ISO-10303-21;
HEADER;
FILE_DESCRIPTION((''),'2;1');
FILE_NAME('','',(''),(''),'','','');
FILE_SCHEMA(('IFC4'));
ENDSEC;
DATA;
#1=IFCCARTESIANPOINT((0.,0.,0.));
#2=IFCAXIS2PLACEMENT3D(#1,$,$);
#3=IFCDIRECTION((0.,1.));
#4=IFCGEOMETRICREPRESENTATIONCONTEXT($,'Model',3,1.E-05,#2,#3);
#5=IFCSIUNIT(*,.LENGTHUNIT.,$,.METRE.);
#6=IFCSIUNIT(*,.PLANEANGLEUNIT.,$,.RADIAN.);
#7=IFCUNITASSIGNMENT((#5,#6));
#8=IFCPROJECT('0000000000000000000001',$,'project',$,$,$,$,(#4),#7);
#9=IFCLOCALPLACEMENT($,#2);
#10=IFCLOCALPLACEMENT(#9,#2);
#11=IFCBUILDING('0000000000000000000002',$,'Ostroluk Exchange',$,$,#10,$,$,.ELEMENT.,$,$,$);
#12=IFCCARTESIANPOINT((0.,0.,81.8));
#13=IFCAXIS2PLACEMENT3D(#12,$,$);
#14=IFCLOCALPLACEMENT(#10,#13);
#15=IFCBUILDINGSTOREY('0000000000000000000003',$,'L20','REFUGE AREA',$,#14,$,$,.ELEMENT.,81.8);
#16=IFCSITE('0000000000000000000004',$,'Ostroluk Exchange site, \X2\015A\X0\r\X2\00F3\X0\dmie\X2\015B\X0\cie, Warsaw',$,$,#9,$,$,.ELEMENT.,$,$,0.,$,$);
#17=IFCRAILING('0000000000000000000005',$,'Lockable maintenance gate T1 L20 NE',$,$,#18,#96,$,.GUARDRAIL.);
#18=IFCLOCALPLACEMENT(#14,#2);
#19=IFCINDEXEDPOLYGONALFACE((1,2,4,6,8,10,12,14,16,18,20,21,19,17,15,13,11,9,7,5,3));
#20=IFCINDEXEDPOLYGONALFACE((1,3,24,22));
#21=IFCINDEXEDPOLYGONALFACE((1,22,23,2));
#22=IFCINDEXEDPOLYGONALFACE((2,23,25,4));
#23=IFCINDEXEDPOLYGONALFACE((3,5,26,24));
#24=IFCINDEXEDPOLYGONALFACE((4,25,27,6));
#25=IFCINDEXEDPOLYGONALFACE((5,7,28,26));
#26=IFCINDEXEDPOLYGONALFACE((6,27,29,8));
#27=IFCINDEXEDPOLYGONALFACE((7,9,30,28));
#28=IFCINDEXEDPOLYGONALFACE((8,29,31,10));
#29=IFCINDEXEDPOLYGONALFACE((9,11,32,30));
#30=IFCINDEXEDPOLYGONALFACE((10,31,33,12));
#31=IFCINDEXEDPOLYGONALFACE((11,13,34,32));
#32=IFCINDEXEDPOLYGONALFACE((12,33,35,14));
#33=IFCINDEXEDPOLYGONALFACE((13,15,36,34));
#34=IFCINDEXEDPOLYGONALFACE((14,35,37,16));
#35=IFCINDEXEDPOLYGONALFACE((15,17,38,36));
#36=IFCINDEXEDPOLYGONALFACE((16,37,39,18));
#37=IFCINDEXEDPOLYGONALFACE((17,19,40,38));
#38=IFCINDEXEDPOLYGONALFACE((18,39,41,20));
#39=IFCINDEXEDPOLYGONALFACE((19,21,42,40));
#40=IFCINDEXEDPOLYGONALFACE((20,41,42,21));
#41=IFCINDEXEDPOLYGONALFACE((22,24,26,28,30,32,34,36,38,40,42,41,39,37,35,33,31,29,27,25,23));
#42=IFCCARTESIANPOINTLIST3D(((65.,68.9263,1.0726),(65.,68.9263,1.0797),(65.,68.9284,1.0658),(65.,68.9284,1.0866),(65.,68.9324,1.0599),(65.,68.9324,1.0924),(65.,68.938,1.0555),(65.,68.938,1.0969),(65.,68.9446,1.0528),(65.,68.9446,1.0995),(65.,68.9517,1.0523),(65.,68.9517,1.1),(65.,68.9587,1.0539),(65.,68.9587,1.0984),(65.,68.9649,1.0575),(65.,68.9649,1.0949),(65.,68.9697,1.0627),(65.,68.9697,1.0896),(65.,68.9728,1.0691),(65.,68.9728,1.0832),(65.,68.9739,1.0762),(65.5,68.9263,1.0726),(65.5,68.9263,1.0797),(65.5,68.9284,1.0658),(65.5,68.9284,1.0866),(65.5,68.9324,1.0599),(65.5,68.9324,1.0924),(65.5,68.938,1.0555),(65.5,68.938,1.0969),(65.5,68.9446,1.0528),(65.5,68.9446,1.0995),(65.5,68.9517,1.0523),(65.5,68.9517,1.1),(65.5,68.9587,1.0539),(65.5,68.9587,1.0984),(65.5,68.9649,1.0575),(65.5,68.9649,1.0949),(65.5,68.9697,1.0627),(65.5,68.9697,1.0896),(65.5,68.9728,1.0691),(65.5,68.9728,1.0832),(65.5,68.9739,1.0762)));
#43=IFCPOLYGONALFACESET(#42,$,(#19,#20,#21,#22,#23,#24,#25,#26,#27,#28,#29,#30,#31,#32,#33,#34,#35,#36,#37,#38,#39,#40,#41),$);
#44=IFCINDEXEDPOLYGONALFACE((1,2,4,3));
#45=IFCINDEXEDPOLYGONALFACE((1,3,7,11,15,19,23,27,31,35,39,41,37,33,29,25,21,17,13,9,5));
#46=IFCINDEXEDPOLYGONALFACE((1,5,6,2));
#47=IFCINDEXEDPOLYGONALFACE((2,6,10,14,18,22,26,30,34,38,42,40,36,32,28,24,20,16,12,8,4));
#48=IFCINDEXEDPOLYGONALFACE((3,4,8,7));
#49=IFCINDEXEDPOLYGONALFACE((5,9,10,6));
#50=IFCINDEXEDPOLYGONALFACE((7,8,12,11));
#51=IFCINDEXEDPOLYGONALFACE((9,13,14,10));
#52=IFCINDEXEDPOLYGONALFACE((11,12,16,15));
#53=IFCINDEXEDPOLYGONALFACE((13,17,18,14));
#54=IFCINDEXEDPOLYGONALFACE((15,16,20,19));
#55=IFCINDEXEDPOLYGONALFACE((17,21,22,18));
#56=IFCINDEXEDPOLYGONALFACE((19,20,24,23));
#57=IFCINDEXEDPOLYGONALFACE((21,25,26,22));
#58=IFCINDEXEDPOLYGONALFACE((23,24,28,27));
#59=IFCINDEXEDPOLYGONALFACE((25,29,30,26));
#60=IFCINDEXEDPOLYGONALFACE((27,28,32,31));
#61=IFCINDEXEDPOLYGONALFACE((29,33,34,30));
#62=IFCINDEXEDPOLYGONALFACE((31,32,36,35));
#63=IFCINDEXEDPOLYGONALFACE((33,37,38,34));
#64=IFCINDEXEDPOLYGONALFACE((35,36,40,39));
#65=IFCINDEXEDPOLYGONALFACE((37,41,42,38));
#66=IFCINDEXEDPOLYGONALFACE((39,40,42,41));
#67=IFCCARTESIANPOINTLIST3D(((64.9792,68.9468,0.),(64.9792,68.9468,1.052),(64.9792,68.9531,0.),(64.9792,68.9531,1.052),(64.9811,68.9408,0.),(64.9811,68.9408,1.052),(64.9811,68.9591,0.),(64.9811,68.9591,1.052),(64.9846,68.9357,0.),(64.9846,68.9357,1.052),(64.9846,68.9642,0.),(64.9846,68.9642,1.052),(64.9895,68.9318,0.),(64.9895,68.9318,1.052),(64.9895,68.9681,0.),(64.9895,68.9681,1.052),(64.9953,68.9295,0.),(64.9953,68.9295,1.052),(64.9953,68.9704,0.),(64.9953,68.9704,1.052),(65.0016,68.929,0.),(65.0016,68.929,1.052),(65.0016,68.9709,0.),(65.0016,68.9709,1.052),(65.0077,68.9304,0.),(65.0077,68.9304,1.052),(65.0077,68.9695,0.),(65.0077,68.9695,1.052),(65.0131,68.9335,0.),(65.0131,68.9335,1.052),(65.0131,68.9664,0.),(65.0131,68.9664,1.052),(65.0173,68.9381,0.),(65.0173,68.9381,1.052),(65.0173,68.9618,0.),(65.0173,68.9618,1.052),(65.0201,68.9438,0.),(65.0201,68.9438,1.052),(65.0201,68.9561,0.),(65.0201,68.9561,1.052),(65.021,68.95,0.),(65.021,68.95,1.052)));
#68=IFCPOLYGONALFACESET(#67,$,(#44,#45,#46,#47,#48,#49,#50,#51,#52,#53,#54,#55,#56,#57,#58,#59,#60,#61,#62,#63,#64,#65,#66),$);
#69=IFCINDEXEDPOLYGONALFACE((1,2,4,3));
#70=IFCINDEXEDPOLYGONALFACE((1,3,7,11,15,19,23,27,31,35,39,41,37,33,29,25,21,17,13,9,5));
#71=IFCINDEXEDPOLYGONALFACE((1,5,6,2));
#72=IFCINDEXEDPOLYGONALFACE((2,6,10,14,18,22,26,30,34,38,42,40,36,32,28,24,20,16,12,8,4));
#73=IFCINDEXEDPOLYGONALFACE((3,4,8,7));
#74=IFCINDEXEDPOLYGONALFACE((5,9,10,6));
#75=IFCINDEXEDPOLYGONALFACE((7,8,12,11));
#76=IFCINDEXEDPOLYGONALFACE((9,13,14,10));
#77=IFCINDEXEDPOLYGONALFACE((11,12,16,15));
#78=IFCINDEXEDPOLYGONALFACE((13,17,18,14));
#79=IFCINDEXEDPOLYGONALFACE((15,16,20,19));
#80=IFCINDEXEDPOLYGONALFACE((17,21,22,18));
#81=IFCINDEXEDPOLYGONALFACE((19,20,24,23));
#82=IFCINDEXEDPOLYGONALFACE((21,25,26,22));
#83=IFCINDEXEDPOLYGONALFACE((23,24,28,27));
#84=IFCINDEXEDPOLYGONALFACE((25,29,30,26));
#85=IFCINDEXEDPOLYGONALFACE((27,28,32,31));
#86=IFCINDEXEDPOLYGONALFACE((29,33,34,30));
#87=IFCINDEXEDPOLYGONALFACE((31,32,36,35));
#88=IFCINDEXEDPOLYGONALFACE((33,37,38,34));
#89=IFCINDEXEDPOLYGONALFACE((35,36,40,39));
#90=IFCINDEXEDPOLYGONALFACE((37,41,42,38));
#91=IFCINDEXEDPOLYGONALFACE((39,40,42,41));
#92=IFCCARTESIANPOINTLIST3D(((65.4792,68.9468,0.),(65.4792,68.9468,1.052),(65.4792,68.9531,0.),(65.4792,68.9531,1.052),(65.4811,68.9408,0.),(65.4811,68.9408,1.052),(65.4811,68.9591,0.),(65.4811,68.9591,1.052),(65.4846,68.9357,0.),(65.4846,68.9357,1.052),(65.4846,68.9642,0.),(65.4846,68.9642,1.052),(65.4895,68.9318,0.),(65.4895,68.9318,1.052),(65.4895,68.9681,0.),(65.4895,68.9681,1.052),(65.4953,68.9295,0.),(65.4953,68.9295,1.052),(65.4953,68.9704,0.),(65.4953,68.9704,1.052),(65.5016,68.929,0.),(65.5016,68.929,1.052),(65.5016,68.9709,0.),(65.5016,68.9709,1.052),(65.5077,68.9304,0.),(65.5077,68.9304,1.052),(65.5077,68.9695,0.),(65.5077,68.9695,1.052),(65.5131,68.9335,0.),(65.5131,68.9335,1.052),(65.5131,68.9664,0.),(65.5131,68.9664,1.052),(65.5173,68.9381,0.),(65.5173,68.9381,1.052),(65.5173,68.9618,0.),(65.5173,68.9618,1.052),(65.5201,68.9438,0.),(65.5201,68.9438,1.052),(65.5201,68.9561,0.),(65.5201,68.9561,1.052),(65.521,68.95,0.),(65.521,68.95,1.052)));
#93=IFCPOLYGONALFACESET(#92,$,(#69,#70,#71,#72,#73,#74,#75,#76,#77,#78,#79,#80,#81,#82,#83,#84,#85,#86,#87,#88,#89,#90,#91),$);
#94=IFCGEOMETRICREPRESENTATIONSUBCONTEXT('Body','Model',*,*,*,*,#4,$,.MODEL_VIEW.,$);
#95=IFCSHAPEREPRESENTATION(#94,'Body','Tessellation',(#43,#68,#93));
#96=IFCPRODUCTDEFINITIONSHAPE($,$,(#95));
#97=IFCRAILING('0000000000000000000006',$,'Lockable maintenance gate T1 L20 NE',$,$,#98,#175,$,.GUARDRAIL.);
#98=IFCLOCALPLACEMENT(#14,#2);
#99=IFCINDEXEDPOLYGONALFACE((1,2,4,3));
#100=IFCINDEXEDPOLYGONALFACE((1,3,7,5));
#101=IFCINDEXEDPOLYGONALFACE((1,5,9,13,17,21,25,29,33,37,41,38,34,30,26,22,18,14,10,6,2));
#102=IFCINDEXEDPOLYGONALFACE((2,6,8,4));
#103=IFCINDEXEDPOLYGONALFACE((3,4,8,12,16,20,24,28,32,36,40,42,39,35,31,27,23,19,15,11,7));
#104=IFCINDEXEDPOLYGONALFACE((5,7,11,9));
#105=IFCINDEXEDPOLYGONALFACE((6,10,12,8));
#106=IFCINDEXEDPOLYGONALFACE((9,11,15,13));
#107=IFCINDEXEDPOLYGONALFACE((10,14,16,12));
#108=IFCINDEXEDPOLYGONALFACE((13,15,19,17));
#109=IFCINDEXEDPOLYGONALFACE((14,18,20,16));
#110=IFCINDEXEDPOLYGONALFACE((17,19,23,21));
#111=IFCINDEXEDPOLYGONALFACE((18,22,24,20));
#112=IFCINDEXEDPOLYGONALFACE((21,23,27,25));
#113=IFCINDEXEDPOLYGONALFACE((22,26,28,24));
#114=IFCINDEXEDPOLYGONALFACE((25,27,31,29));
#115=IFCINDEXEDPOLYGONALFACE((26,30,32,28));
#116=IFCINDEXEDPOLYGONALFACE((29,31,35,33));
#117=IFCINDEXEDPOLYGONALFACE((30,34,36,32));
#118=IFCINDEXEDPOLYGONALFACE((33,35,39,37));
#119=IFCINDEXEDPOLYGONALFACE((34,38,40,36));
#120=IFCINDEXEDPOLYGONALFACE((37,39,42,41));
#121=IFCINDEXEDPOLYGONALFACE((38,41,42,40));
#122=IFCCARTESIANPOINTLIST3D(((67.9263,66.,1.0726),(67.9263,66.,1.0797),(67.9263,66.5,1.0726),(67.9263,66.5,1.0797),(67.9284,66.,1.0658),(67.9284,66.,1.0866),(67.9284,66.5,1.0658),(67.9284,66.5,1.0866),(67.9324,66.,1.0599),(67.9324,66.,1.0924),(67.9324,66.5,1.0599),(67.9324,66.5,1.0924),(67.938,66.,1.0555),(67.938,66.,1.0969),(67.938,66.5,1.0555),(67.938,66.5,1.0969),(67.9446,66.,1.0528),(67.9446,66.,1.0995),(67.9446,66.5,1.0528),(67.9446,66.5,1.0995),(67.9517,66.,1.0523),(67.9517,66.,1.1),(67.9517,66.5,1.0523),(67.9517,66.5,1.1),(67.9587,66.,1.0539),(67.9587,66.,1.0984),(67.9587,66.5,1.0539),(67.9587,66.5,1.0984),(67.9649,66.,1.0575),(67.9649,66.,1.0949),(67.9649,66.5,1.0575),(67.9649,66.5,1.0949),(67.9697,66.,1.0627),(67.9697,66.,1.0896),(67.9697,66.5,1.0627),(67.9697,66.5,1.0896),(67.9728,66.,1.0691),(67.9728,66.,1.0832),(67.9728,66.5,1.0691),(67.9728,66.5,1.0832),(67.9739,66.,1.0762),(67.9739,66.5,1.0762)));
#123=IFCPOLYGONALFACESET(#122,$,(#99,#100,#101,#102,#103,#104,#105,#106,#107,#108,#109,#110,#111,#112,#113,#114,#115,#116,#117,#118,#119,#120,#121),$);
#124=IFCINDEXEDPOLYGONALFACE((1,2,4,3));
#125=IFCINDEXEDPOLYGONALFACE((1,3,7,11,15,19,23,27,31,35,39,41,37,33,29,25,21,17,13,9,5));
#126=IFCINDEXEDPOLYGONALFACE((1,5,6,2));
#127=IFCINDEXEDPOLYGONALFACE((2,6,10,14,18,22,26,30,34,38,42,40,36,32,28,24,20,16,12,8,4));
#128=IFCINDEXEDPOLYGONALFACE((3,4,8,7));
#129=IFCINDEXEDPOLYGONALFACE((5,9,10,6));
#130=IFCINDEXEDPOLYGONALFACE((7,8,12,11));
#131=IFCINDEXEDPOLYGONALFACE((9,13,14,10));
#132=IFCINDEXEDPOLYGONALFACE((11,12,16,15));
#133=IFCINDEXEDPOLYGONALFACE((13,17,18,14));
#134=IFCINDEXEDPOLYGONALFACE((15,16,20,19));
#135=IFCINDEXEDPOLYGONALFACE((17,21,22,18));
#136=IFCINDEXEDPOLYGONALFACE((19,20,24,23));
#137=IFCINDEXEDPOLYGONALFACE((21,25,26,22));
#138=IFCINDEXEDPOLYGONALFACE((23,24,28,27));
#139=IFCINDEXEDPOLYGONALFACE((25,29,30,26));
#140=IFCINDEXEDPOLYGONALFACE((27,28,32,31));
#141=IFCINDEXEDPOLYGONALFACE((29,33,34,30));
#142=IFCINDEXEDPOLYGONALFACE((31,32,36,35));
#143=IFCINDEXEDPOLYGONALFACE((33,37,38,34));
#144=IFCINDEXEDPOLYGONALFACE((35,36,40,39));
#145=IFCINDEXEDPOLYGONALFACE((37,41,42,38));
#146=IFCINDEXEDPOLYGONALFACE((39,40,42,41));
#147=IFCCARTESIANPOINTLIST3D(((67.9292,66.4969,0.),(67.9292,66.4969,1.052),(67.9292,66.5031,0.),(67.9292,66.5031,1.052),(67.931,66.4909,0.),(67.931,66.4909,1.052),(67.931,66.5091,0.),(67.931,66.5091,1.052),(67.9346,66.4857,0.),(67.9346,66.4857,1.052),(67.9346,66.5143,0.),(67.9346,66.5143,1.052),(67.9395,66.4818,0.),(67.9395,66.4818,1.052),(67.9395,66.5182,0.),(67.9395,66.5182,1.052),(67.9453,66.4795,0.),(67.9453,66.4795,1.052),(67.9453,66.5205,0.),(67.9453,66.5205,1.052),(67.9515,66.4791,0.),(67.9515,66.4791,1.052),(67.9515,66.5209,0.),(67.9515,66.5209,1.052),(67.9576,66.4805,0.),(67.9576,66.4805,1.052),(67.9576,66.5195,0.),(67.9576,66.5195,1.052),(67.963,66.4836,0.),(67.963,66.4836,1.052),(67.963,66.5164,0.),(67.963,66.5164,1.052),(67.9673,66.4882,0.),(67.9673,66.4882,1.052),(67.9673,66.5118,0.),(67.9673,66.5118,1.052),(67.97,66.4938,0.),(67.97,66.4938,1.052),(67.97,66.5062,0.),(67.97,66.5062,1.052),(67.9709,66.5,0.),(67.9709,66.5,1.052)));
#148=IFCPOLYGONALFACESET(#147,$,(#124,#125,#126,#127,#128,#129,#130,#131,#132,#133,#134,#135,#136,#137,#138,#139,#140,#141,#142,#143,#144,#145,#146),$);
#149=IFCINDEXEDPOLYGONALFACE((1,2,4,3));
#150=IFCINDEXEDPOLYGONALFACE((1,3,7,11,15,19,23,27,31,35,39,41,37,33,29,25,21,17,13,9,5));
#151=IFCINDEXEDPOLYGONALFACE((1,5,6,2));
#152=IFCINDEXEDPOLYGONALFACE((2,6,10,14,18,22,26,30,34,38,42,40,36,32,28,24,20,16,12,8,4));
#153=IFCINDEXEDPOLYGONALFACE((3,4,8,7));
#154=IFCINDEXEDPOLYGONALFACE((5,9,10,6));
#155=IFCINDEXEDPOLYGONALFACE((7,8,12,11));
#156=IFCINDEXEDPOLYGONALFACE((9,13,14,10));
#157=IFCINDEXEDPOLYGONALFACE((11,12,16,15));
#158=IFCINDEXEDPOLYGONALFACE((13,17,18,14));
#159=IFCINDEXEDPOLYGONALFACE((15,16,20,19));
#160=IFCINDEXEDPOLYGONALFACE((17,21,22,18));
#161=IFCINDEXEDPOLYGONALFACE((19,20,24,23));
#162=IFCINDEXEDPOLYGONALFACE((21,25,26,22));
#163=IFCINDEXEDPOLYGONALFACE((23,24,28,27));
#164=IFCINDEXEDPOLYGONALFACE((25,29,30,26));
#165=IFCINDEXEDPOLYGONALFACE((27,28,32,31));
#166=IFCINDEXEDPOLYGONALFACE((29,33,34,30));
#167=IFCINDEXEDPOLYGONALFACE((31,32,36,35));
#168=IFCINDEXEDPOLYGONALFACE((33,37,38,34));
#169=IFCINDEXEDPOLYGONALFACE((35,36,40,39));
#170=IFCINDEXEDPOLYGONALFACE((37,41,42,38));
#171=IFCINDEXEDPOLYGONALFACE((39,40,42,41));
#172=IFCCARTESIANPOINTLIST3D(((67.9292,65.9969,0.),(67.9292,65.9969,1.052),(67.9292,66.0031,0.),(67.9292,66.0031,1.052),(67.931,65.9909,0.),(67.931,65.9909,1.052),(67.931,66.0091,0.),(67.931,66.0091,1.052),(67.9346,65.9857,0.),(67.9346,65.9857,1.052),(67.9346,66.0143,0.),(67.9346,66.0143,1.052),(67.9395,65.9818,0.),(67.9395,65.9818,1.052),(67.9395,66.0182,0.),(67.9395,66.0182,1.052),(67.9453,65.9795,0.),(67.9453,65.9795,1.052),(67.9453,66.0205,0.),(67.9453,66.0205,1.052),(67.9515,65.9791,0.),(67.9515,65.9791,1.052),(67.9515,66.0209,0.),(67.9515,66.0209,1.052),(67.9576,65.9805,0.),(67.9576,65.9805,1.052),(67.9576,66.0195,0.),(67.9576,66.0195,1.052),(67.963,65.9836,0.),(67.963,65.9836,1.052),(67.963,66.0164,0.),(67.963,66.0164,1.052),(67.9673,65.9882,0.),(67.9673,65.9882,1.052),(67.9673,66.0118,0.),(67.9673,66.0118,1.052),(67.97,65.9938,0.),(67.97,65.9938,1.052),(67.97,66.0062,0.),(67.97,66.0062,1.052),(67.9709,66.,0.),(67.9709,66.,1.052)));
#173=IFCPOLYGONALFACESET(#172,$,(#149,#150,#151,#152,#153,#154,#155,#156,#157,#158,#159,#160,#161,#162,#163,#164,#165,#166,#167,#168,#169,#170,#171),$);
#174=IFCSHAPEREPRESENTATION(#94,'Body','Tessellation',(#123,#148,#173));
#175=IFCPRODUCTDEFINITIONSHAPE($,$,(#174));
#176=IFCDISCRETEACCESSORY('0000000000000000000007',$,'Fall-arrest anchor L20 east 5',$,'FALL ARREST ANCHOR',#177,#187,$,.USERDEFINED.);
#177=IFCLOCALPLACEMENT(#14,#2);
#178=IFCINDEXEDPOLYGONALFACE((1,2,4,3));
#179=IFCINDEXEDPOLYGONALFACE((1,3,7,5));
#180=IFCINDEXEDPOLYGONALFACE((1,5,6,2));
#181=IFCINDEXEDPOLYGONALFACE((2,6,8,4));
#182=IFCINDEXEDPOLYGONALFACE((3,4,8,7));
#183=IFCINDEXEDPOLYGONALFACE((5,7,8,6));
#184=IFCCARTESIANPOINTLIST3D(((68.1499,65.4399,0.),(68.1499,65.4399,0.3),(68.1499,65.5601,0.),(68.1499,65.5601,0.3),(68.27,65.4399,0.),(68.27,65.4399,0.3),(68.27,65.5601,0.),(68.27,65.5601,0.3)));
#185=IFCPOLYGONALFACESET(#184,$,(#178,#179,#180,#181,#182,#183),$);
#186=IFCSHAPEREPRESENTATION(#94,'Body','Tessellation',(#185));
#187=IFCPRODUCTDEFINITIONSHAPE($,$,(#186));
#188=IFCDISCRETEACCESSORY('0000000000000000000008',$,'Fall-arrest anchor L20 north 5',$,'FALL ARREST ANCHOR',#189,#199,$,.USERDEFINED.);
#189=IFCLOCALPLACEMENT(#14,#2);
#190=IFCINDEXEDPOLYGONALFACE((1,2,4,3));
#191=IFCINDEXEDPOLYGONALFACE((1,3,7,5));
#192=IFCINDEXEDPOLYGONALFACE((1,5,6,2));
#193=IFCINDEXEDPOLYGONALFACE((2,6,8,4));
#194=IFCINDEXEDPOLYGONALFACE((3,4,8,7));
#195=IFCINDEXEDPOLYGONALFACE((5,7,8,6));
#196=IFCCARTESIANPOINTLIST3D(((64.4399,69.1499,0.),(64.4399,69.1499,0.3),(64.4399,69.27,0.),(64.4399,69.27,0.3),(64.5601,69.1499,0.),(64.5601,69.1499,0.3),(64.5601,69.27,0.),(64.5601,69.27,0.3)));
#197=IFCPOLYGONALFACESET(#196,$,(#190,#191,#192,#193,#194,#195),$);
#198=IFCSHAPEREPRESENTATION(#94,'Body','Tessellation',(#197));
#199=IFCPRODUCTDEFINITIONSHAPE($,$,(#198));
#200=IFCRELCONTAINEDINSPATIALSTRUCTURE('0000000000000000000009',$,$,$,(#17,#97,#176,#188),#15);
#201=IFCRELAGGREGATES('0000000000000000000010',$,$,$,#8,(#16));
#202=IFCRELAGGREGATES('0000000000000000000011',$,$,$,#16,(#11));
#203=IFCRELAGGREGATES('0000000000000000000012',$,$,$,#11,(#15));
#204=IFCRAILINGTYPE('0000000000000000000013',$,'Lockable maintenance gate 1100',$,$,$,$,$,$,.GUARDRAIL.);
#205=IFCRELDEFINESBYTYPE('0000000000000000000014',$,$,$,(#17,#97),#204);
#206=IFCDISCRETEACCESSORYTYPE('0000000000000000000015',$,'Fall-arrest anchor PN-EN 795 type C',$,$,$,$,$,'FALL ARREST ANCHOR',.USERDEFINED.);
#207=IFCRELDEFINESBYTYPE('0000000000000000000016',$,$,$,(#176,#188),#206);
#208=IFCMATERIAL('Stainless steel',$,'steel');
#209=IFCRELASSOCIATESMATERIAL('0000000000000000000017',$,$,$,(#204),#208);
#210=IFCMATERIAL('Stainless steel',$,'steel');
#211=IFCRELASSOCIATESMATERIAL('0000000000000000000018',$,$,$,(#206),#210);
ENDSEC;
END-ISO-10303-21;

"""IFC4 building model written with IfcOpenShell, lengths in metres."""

from ifc_helpers import new_model, si_unit, direction, frame, origin, origin_2d, place, context, subcontext, project, spatial, rectangle, circle, extrude, material, type_object, element, save


model = new_model("IFC4")

# Units and contexts
model_context = context("Model", 3, precision=1e-05, world=origin(), true_north=direction((0.0, 1.0)))
body_context = subcontext(model_context, "Body", "Model", "MODEL_VIEW")
ifc_project = project(units=[si_unit("LENGTHUNIT", "METRE"), si_unit("PLANEANGLEUNIT", "RADIAN")], contexts=[model_context])

# Site, building, storey
site_placement = place(None, origin())
site = spatial("IfcSite", under=ifc_project, at=site_placement, Name="Ostroluk Exchange site, Śródmieście, Warsaw", CompositionType="ELEMENT", RefElevation=0.0)
building_placement = place(site_placement, origin())
building = spatial("IfcBuilding", under=site, at=building_placement, Name="Ostroluk Exchange", CompositionType="ELEMENT")
storey_placement = place(building_placement, frame((0.0, 0.0, 81.8)))
storey = spatial("IfcBuildingStorey", under=building, at=storey_placement, Name="L20", Description="REFUGE AREA", CompositionType="ELEMENT", Elevation=81.8)

# Railings
ifc_material_1 = material(Name="Stainless steel", Category="steel")
railing_type_1 = type_object("IfcRailingType", Name="Lockable maintenance gate 1100", PredefinedType="GUARDRAIL", material=ifc_material_1)
railing_1_placement = place(storey_placement, frame((65.0, 68.95, 0.0)))
element("IfcRailing", 1, at=railing_1_placement, inside=storey, type_object=railing_type_1, Name="Lockable maintenance gate T1 L20 NE", PredefinedType="GUARDRAIL", context=body_context, shape_type="SweptSolid", body=[
    extrude(circle(Radius=0.0239, at=origin_2d()), frame((0.0, 0.0, 1.0762), z_axis=(1.0, 0.0, 0.0), x_axis=(0.0, 1.0, 0.0)), (0.0, 0.0, 1.0), 0.5),
    extrude(circle(Radius=0.021, at=origin_2d()), origin(), (0.0, 0.0, 1.0), 1.052),
    extrude(circle(Radius=0.021, at=origin_2d()), frame((0.5, 0.0, 0.0)), (0.0, 0.0, 1.0), 1.052),
])
railing_2_placement = place(storey_placement, frame((67.95, 66.5, 0.0)))
element("IfcRailing", 2, at=railing_2_placement, inside=storey, type_object=railing_type_1, Name="Lockable maintenance gate T1 L20 NE", PredefinedType="GUARDRAIL", context=body_context, shape_type="SweptSolid", body=[
    extrude(circle(Radius=0.0239, at=origin_2d()), frame((0.0, 0.0, 1.0762), z_axis=(0.0, -1.0, 0.0), x_axis=(1.0, 0.0, 0.0)), (0.0, 0.0, 1.0), 0.5),
    extrude(circle(Radius=0.021, at=origin_2d()), origin(), (0.0, 0.0, 1.0), 1.052),
    extrude(circle(Radius=0.021, at=origin_2d()), frame((0.0, -0.5, 0.0)), (0.0, 0.0, 1.0), 1.052),
])

# Discrete accessories
ifc_material_2 = material(Name="Stainless steel", Category="steel")
discrete_accessory_type = type_object("IfcDiscreteAccessoryType", Name="Fall-arrest anchor PN-EN 795 type C", ElementType="FALL ARREST ANCHOR", PredefinedType="USERDEFINED", material=ifc_material_2)
for number, where, z_axis, x_axis, name in (
    (3, (68.21, 65.5, 0.0), (0.0, 0.0, 1.0), (1.0, 0.0, 0.0), "Fall-arrest anchor L20 east 5"),
    (4, (64.5, 69.21, 0.0), (0.0, 0.0, 1.0), (1.0, 0.0, 0.0), "Fall-arrest anchor L20 north 5"),
):
    element("IfcDiscreteAccessory", number, at=place(storey_placement, frame(where, z_axis=z_axis, x_axis=x_axis)), inside=storey, type_object=discrete_accessory_type, Name=name, ObjectType="FALL ARREST ANCHOR", PredefinedType="USERDEFINED", context=body_context, shape_type="SweptSolid", body=[
        extrude(rectangle(XDim=0.1201, YDim=0.1201, at=origin_2d()), origin(), (0.0, 0.0, 1.0), 0.3),
    ])

save(model, "model.ifc")
